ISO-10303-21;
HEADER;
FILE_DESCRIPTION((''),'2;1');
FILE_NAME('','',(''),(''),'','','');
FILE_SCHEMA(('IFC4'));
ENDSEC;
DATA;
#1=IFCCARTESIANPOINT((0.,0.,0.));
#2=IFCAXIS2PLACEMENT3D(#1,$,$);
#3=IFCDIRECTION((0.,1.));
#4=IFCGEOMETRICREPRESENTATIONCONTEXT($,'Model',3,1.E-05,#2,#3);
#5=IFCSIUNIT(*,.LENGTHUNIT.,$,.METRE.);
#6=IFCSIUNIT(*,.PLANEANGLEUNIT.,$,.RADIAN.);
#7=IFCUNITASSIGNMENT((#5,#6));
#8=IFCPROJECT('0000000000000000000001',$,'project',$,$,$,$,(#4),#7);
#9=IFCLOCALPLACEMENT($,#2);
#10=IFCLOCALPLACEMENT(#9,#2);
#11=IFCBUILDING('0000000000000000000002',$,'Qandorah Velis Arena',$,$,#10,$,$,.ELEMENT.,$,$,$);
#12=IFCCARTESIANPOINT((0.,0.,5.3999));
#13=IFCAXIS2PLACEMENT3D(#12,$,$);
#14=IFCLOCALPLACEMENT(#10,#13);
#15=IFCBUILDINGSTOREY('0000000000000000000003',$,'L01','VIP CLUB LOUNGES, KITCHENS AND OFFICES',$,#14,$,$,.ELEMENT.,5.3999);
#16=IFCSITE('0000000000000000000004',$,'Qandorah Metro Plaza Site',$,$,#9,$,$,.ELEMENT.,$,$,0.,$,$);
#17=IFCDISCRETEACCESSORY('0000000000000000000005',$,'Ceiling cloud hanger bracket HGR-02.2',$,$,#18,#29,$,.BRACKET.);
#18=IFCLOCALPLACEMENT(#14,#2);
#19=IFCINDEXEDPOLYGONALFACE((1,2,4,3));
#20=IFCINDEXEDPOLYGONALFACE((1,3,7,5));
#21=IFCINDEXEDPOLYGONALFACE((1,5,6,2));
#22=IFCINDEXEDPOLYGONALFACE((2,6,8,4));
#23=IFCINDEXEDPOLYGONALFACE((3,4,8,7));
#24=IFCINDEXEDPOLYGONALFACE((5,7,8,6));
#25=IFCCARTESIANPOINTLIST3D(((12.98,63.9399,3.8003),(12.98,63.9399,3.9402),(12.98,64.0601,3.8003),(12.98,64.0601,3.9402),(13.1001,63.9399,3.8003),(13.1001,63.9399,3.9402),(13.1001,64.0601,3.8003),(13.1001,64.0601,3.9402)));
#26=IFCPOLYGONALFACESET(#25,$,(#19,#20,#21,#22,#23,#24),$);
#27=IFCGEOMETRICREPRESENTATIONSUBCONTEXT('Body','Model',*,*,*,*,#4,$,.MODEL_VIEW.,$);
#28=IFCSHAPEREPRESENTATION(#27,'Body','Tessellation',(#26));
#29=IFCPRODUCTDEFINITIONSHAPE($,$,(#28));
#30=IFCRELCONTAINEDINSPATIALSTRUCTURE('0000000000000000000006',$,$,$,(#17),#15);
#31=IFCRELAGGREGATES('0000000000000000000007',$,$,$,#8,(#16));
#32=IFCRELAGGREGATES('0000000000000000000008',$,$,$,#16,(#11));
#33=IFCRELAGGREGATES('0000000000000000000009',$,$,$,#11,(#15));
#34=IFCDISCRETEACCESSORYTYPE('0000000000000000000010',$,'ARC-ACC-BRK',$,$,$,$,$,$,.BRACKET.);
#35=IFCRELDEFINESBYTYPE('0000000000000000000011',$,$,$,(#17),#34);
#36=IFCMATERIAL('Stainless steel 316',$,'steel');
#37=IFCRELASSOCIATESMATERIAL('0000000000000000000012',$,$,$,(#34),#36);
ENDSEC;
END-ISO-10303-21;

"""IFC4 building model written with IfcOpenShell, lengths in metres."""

from ifc_helpers import new_model, si_unit, direction, frame, origin, origin_2d, place, context, subcontext, project, spatial, rectangle, extrude, material, type_object, element, save


model = new_model("IFC4")

# Units and contexts
model_context = context("Model", 3, precision=1e-05, world=origin(), true_north=direction((0.0, 1.0)))
body_context = subcontext(model_context, "Body", "Model", "MODEL_VIEW")
ifc_project = project(units=[si_unit("LENGTHUNIT", "METRE"), si_unit("PLANEANGLEUNIT", "RADIAN")], contexts=[model_context])

# Site, building, storey
site_placement = place(None, origin())
site = spatial("IfcSite", under=ifc_project, at=site_placement, Name="Qandorah Metro Plaza Site", CompositionType="ELEMENT", RefElevation=0.0)
building_placement = place(site_placement, origin())
building = spatial("IfcBuilding", under=site, at=building_placement, Name="Qandorah Velis Arena", CompositionType="ELEMENT")
storey_placement = place(building_placement, frame((0.0, 0.0, 5.3999)))
storey = spatial("IfcBuildingStorey", under=building, at=storey_placement, Name="L01", Description="VIP CLUB LOUNGES, KITCHENS AND OFFICES", CompositionType="ELEMENT", Elevation=5.3999)

# Discrete accessory
ifc_material_1 = material(Name="Stainless steel 316", Category="steel")
discrete_accessory_type = type_object("IfcDiscreteAccessoryType", Name="ARC-ACC-BRK", PredefinedType="BRACKET", material=ifc_material_1)
discrete_accessory_placement = place(storey_placement, frame((13.04, 64.0, 3.8003), z_axis=(0.0, 0.0, 1.0), x_axis=(1.0, 0.0, 0.0)))
element("IfcDiscreteAccessory", 1, at=discrete_accessory_placement, inside=storey, type_object=discrete_accessory_type, Name="Ceiling cloud hanger bracket HGR-02.2", PredefinedType="BRACKET", context=body_context, shape_type="SweptSolid", body=[
    extrude(rectangle(XDim=0.1201, YDim=0.1201, at=origin_2d()), origin(), (0.0, 0.0, 1.0), 0.1399),
])

save(model, "model.ifc")
